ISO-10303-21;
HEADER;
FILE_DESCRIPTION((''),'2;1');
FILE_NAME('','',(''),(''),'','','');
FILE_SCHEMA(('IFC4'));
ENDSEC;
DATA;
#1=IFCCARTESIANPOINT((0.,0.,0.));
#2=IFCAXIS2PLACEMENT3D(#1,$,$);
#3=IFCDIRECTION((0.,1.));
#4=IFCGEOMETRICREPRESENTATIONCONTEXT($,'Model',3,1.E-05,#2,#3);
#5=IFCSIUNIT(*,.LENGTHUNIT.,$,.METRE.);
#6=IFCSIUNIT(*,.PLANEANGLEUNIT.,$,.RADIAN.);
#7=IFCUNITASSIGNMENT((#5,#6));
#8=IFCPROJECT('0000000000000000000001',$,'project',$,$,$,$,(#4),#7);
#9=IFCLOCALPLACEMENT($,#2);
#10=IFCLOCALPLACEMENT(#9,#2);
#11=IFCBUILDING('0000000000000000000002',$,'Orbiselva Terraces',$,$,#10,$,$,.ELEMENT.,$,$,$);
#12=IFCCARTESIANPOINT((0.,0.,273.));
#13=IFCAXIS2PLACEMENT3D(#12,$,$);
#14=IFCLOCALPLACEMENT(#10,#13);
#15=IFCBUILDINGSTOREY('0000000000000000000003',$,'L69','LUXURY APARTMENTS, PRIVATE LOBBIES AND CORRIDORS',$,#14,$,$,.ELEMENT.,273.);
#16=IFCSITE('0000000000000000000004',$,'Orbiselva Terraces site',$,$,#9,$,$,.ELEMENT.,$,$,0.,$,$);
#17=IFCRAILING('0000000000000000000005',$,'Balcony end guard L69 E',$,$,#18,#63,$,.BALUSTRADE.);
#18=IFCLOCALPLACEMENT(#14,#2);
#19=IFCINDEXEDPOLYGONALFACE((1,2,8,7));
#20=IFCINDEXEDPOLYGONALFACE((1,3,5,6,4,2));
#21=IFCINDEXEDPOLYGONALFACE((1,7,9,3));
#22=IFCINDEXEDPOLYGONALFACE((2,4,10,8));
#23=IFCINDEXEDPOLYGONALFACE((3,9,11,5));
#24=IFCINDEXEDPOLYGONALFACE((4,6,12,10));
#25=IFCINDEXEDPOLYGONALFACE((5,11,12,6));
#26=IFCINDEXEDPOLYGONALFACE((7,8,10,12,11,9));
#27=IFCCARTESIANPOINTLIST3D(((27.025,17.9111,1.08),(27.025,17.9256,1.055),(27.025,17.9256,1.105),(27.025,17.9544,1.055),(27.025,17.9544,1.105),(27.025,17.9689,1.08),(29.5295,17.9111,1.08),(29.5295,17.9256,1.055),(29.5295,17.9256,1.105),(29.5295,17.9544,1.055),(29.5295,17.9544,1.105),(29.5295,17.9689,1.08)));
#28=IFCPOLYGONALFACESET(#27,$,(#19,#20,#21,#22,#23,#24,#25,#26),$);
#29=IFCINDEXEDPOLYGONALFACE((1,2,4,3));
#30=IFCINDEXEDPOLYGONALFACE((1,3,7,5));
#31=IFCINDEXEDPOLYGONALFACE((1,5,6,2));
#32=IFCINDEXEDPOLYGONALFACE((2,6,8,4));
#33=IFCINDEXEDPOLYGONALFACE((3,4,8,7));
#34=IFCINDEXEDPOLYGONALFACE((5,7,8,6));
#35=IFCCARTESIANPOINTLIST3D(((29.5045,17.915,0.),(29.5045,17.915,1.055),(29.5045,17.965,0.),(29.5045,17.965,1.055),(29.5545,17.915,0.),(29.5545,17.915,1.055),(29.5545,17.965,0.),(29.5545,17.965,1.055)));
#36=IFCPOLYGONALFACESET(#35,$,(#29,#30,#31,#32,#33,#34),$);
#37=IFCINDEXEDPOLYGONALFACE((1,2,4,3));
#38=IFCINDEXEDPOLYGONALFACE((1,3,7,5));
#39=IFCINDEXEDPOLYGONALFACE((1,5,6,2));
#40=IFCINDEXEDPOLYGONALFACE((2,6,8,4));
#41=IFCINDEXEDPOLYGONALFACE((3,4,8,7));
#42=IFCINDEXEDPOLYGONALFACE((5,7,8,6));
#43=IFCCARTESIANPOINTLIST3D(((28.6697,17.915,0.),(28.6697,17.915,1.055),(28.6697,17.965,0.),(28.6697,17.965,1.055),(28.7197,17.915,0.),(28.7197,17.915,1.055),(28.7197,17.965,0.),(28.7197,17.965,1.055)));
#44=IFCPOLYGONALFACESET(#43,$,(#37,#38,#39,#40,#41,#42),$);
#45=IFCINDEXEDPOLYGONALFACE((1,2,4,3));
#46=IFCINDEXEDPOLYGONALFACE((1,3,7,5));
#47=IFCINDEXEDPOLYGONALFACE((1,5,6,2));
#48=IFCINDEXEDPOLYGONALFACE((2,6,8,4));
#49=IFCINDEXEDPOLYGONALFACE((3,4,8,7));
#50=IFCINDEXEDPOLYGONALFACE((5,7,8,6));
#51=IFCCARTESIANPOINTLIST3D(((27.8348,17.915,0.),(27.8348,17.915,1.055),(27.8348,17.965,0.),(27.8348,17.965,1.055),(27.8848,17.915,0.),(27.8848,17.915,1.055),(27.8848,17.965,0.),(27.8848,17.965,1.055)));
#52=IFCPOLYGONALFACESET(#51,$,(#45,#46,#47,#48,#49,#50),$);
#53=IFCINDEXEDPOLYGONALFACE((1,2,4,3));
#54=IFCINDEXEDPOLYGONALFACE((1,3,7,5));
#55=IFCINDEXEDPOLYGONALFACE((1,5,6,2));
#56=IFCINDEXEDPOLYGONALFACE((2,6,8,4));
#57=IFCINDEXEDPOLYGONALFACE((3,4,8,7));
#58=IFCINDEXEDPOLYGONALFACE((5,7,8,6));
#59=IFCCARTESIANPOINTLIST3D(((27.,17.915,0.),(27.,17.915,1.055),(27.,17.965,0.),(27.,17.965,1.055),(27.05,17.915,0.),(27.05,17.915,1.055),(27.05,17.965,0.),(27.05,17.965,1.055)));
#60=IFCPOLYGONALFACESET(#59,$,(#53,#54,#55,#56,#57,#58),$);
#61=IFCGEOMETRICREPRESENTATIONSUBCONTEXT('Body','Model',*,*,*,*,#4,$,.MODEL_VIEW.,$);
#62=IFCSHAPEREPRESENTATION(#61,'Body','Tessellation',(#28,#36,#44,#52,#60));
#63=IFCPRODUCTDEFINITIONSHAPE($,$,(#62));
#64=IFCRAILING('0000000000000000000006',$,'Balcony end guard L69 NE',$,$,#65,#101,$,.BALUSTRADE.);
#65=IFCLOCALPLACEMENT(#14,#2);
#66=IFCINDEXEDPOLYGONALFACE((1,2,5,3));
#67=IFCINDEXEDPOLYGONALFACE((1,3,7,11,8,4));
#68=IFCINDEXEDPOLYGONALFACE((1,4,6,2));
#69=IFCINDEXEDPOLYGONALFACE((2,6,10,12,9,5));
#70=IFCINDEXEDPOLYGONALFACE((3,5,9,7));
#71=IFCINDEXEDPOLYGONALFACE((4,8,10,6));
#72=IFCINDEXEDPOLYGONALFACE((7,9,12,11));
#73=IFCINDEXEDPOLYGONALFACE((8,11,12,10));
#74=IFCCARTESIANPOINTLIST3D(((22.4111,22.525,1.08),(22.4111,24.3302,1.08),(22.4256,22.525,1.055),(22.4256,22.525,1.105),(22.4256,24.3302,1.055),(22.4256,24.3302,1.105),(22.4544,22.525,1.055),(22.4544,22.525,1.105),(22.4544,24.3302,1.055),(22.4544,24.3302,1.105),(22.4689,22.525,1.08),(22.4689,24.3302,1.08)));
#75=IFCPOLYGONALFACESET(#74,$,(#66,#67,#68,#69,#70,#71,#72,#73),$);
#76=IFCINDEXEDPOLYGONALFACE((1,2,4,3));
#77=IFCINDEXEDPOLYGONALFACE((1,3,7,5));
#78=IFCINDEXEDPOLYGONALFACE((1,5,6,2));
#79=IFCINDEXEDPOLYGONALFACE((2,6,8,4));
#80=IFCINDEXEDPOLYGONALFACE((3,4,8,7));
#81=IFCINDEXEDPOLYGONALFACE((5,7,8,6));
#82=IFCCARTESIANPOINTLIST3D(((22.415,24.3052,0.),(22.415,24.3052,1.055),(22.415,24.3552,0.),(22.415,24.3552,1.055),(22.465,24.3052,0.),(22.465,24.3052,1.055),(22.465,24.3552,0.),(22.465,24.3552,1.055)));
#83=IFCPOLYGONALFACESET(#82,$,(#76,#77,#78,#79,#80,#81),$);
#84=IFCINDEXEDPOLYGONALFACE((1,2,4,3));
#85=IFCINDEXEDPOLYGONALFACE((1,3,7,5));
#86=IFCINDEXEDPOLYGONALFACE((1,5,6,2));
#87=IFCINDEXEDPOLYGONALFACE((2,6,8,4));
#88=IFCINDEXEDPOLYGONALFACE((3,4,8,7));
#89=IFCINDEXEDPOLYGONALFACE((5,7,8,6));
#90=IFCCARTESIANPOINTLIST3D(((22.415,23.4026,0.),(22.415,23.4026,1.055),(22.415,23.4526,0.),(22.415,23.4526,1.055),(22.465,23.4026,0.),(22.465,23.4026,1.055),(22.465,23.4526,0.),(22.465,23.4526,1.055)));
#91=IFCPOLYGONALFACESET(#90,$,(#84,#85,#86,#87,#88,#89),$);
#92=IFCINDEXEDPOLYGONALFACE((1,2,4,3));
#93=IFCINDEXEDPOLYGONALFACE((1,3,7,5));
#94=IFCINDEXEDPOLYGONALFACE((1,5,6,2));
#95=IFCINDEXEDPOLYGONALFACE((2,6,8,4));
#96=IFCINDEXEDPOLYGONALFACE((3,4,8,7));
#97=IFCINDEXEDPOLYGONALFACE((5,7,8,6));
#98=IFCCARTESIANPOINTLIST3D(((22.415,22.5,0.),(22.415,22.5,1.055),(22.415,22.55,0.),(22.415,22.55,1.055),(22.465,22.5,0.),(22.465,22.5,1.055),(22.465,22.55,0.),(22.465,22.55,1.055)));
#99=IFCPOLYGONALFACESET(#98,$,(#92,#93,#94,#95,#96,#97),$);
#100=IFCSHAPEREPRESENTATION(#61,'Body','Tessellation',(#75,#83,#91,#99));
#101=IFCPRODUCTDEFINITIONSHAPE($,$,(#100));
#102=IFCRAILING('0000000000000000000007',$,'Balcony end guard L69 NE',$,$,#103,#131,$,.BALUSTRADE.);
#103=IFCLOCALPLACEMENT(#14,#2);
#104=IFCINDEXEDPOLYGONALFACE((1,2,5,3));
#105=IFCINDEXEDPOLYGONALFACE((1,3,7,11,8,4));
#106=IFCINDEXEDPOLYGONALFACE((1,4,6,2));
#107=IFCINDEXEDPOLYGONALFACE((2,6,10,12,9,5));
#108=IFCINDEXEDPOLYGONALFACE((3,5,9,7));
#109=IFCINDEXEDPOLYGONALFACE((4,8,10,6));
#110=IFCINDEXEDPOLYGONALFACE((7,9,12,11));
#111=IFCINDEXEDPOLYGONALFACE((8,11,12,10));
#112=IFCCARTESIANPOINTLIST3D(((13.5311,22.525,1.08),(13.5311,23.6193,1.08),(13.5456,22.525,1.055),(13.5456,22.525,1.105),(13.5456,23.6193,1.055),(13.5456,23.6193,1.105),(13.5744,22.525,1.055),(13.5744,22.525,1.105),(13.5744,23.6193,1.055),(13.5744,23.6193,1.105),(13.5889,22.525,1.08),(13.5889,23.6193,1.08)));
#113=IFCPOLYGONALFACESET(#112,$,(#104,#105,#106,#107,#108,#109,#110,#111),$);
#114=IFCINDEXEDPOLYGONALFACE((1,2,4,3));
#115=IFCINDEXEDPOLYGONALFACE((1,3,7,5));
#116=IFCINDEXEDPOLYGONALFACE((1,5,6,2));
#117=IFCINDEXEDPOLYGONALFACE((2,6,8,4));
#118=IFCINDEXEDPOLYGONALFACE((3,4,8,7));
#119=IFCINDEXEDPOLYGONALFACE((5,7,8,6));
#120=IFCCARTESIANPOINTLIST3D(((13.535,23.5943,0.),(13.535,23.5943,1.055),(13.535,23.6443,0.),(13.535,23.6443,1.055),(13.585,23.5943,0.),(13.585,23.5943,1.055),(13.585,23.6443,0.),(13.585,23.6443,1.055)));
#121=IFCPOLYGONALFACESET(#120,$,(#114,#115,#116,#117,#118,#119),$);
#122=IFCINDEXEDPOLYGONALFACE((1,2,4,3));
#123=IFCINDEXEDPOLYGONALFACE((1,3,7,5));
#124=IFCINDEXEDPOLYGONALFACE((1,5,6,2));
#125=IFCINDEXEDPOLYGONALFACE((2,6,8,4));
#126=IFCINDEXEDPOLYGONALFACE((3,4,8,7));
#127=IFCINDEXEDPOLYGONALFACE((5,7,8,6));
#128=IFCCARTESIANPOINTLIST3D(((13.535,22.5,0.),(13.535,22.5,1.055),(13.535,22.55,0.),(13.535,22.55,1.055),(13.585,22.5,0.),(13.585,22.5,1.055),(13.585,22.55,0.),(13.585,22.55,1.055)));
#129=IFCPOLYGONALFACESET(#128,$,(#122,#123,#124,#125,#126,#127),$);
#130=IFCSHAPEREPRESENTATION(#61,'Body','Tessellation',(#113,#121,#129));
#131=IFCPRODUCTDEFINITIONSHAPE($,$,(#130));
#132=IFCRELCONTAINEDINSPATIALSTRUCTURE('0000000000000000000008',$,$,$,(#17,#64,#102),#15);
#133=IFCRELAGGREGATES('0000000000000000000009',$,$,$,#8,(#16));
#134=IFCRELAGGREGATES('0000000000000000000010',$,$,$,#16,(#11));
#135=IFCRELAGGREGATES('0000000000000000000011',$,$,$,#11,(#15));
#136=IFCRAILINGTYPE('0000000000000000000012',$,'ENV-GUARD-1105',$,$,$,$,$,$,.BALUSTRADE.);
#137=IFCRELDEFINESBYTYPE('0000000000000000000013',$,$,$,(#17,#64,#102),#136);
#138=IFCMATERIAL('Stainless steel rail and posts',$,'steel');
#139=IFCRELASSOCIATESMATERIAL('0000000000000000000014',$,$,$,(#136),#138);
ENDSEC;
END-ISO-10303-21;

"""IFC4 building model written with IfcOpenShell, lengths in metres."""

from ifc_helpers import new_model, si_unit, direction, frame, origin, origin_2d, place, context, subcontext, project, spatial, polyline, rectangle, outline, extrude, material, type_object, element, save


model = new_model("IFC4")

# Units and contexts
model_context = context("Model", 3, precision=1e-05, world=origin(), true_north=direction((0.0, 1.0)))
body_context = subcontext(model_context, "Body", "Model", "MODEL_VIEW")
ifc_project = project(units=[si_unit("LENGTHUNIT", "METRE"), si_unit("PLANEANGLEUNIT", "RADIAN")], contexts=[model_context])

# Site, building, storey
site_placement = place(None, origin())
site = spatial("IfcSite", under=ifc_project, at=site_placement, Name="Orbiselva Terraces site", CompositionType="ELEMENT", RefElevation=0.0)
building_placement = place(site_placement, origin())
building = spatial("IfcBuilding", under=site, at=building_placement, Name="Orbiselva Terraces", CompositionType="ELEMENT")
storey_placement = place(building_placement, frame((0.0, 0.0, 273.0)))
storey = spatial("IfcBuildingStorey", under=building, at=storey_placement, Name="L69", Description="LUXURY APARTMENTS, PRIVATE LOBBIES AND CORRIDORS", CompositionType="ELEMENT", Elevation=273.0)

# Railings
ifc_material_1 = material(Name="Stainless steel rail and posts", Category="steel")
railing_type_1 = type_object("IfcRailingType", Name="ENV-GUARD-1105", PredefinedType="BALUSTRADE", material=ifc_material_1)
railing_1_placement = place(storey_placement, frame((29.5295, 17.94, 0.0)))
element("IfcRailing", 1, at=railing_1_placement, inside=storey, type_object=railing_type_1, Name="Balcony end guard L69 E", PredefinedType="BALUSTRADE", context=body_context, shape_type="SweptSolid", body=[
    extrude(outline(polyline([(0.0289, 0.0), (0.0144, 0.025), (-0.0144, 0.025), (-0.0289, 0.0), (-0.0144, -0.025), (0.0144, -0.025), (0.0289, 0.0)])), frame((0.0, 0.0, 1.08), z_axis=(-1.0, 0.0, 0.0), x_axis=(0.0, -1.0, 0.0)), (0.0, 0.0, 1.0), 2.5045),
    extrude(rectangle(XDim=0.05, YDim=0.05, at=origin_2d()), origin(), (0.0, 0.0, 1.0), 1.055),
    extrude(rectangle(XDim=0.05, YDim=0.05, at=origin_2d()), frame((-0.8348, 0.0, 0.0)), (0.0, 0.0, 1.0), 1.055),
    extrude(rectangle(XDim=0.05, YDim=0.05, at=origin_2d()), frame((-1.6697, 0.0, 0.0)), (0.0, 0.0, 1.0), 1.055),
    extrude(rectangle(XDim=0.05, YDim=0.05, at=origin_2d()), frame((-2.5045, 0.0, 0.0)), (0.0, 0.0, 1.0), 1.055),
])
railing_2_placement = place(storey_placement, frame((22.44, 24.3302, 0.0)))
element("IfcRailing", 2, at=railing_2_placement, inside=storey, type_object=railing_type_1, Name="Balcony end guard L69 NE", PredefinedType="BALUSTRADE", context=body_context, shape_type="SweptSolid", body=[
    extrude(outline(polyline([(0.0289, 0.0), (0.0144, 0.025), (-0.0144, 0.025), (-0.0289, 0.0), (-0.0144, -0.025), (0.0144, -0.025), (0.0289, 0.0)])), frame((0.0, 0.0, 1.08), z_axis=(0.0, -1.0, 0.0), x_axis=(1.0, 0.0, 0.0)), (0.0, 0.0, 1.0), 1.8052),
    extrude(rectangle(XDim=0.05, YDim=0.05, at=origin_2d()), origin(), (0.0, 0.0, 1.0), 1.055),
    extrude(rectangle(XDim=0.05, YDim=0.05, at=origin_2d()), frame((0.0, -0.9026, 0.0)), (0.0, 0.0, 1.0), 1.055),
    extrude(rectangle(XDim=0.05, YDim=0.05, at=origin_2d()), frame((0.0, -1.8052, 0.0)), (0.0, 0.0, 1.0), 1.055),
])
railing_3_placement = place(storey_placement, frame((13.56, 23.6193, 0.0)))
element("IfcRailing", 3, at=railing_3_placement, inside=storey, type_object=railing_type_1, Name="Balcony end guard L69 NE", PredefinedType="BALUSTRADE", context=body_context, shape_type="SweptSolid", body=[
    extrude(outline(polyline([(0.0289, 0.0), (0.0144, 0.025), (-0.0144, 0.025), (-0.0289, 0.0), (-0.0144, -0.025), (0.0144, -0.025), (0.0289, 0.0)])), frame((0.0, 0.0, 1.08), z_axis=(0.0, -1.0, 0.0), x_axis=(1.0, 0.0, 0.0)), (0.0, 0.0, 1.0), 1.0943),
    extrude(rectangle(XDim=0.05, YDim=0.05, at=origin_2d()), origin(), (0.0, 0.0, 1.0), 1.055),
    extrude(rectangle(XDim=0.05, YDim=0.05, at=origin_2d()), frame((0.0, -1.0943, 0.0)), (0.0, 0.0, 1.0), 1.055),
])

save(model, "model.ifc")
